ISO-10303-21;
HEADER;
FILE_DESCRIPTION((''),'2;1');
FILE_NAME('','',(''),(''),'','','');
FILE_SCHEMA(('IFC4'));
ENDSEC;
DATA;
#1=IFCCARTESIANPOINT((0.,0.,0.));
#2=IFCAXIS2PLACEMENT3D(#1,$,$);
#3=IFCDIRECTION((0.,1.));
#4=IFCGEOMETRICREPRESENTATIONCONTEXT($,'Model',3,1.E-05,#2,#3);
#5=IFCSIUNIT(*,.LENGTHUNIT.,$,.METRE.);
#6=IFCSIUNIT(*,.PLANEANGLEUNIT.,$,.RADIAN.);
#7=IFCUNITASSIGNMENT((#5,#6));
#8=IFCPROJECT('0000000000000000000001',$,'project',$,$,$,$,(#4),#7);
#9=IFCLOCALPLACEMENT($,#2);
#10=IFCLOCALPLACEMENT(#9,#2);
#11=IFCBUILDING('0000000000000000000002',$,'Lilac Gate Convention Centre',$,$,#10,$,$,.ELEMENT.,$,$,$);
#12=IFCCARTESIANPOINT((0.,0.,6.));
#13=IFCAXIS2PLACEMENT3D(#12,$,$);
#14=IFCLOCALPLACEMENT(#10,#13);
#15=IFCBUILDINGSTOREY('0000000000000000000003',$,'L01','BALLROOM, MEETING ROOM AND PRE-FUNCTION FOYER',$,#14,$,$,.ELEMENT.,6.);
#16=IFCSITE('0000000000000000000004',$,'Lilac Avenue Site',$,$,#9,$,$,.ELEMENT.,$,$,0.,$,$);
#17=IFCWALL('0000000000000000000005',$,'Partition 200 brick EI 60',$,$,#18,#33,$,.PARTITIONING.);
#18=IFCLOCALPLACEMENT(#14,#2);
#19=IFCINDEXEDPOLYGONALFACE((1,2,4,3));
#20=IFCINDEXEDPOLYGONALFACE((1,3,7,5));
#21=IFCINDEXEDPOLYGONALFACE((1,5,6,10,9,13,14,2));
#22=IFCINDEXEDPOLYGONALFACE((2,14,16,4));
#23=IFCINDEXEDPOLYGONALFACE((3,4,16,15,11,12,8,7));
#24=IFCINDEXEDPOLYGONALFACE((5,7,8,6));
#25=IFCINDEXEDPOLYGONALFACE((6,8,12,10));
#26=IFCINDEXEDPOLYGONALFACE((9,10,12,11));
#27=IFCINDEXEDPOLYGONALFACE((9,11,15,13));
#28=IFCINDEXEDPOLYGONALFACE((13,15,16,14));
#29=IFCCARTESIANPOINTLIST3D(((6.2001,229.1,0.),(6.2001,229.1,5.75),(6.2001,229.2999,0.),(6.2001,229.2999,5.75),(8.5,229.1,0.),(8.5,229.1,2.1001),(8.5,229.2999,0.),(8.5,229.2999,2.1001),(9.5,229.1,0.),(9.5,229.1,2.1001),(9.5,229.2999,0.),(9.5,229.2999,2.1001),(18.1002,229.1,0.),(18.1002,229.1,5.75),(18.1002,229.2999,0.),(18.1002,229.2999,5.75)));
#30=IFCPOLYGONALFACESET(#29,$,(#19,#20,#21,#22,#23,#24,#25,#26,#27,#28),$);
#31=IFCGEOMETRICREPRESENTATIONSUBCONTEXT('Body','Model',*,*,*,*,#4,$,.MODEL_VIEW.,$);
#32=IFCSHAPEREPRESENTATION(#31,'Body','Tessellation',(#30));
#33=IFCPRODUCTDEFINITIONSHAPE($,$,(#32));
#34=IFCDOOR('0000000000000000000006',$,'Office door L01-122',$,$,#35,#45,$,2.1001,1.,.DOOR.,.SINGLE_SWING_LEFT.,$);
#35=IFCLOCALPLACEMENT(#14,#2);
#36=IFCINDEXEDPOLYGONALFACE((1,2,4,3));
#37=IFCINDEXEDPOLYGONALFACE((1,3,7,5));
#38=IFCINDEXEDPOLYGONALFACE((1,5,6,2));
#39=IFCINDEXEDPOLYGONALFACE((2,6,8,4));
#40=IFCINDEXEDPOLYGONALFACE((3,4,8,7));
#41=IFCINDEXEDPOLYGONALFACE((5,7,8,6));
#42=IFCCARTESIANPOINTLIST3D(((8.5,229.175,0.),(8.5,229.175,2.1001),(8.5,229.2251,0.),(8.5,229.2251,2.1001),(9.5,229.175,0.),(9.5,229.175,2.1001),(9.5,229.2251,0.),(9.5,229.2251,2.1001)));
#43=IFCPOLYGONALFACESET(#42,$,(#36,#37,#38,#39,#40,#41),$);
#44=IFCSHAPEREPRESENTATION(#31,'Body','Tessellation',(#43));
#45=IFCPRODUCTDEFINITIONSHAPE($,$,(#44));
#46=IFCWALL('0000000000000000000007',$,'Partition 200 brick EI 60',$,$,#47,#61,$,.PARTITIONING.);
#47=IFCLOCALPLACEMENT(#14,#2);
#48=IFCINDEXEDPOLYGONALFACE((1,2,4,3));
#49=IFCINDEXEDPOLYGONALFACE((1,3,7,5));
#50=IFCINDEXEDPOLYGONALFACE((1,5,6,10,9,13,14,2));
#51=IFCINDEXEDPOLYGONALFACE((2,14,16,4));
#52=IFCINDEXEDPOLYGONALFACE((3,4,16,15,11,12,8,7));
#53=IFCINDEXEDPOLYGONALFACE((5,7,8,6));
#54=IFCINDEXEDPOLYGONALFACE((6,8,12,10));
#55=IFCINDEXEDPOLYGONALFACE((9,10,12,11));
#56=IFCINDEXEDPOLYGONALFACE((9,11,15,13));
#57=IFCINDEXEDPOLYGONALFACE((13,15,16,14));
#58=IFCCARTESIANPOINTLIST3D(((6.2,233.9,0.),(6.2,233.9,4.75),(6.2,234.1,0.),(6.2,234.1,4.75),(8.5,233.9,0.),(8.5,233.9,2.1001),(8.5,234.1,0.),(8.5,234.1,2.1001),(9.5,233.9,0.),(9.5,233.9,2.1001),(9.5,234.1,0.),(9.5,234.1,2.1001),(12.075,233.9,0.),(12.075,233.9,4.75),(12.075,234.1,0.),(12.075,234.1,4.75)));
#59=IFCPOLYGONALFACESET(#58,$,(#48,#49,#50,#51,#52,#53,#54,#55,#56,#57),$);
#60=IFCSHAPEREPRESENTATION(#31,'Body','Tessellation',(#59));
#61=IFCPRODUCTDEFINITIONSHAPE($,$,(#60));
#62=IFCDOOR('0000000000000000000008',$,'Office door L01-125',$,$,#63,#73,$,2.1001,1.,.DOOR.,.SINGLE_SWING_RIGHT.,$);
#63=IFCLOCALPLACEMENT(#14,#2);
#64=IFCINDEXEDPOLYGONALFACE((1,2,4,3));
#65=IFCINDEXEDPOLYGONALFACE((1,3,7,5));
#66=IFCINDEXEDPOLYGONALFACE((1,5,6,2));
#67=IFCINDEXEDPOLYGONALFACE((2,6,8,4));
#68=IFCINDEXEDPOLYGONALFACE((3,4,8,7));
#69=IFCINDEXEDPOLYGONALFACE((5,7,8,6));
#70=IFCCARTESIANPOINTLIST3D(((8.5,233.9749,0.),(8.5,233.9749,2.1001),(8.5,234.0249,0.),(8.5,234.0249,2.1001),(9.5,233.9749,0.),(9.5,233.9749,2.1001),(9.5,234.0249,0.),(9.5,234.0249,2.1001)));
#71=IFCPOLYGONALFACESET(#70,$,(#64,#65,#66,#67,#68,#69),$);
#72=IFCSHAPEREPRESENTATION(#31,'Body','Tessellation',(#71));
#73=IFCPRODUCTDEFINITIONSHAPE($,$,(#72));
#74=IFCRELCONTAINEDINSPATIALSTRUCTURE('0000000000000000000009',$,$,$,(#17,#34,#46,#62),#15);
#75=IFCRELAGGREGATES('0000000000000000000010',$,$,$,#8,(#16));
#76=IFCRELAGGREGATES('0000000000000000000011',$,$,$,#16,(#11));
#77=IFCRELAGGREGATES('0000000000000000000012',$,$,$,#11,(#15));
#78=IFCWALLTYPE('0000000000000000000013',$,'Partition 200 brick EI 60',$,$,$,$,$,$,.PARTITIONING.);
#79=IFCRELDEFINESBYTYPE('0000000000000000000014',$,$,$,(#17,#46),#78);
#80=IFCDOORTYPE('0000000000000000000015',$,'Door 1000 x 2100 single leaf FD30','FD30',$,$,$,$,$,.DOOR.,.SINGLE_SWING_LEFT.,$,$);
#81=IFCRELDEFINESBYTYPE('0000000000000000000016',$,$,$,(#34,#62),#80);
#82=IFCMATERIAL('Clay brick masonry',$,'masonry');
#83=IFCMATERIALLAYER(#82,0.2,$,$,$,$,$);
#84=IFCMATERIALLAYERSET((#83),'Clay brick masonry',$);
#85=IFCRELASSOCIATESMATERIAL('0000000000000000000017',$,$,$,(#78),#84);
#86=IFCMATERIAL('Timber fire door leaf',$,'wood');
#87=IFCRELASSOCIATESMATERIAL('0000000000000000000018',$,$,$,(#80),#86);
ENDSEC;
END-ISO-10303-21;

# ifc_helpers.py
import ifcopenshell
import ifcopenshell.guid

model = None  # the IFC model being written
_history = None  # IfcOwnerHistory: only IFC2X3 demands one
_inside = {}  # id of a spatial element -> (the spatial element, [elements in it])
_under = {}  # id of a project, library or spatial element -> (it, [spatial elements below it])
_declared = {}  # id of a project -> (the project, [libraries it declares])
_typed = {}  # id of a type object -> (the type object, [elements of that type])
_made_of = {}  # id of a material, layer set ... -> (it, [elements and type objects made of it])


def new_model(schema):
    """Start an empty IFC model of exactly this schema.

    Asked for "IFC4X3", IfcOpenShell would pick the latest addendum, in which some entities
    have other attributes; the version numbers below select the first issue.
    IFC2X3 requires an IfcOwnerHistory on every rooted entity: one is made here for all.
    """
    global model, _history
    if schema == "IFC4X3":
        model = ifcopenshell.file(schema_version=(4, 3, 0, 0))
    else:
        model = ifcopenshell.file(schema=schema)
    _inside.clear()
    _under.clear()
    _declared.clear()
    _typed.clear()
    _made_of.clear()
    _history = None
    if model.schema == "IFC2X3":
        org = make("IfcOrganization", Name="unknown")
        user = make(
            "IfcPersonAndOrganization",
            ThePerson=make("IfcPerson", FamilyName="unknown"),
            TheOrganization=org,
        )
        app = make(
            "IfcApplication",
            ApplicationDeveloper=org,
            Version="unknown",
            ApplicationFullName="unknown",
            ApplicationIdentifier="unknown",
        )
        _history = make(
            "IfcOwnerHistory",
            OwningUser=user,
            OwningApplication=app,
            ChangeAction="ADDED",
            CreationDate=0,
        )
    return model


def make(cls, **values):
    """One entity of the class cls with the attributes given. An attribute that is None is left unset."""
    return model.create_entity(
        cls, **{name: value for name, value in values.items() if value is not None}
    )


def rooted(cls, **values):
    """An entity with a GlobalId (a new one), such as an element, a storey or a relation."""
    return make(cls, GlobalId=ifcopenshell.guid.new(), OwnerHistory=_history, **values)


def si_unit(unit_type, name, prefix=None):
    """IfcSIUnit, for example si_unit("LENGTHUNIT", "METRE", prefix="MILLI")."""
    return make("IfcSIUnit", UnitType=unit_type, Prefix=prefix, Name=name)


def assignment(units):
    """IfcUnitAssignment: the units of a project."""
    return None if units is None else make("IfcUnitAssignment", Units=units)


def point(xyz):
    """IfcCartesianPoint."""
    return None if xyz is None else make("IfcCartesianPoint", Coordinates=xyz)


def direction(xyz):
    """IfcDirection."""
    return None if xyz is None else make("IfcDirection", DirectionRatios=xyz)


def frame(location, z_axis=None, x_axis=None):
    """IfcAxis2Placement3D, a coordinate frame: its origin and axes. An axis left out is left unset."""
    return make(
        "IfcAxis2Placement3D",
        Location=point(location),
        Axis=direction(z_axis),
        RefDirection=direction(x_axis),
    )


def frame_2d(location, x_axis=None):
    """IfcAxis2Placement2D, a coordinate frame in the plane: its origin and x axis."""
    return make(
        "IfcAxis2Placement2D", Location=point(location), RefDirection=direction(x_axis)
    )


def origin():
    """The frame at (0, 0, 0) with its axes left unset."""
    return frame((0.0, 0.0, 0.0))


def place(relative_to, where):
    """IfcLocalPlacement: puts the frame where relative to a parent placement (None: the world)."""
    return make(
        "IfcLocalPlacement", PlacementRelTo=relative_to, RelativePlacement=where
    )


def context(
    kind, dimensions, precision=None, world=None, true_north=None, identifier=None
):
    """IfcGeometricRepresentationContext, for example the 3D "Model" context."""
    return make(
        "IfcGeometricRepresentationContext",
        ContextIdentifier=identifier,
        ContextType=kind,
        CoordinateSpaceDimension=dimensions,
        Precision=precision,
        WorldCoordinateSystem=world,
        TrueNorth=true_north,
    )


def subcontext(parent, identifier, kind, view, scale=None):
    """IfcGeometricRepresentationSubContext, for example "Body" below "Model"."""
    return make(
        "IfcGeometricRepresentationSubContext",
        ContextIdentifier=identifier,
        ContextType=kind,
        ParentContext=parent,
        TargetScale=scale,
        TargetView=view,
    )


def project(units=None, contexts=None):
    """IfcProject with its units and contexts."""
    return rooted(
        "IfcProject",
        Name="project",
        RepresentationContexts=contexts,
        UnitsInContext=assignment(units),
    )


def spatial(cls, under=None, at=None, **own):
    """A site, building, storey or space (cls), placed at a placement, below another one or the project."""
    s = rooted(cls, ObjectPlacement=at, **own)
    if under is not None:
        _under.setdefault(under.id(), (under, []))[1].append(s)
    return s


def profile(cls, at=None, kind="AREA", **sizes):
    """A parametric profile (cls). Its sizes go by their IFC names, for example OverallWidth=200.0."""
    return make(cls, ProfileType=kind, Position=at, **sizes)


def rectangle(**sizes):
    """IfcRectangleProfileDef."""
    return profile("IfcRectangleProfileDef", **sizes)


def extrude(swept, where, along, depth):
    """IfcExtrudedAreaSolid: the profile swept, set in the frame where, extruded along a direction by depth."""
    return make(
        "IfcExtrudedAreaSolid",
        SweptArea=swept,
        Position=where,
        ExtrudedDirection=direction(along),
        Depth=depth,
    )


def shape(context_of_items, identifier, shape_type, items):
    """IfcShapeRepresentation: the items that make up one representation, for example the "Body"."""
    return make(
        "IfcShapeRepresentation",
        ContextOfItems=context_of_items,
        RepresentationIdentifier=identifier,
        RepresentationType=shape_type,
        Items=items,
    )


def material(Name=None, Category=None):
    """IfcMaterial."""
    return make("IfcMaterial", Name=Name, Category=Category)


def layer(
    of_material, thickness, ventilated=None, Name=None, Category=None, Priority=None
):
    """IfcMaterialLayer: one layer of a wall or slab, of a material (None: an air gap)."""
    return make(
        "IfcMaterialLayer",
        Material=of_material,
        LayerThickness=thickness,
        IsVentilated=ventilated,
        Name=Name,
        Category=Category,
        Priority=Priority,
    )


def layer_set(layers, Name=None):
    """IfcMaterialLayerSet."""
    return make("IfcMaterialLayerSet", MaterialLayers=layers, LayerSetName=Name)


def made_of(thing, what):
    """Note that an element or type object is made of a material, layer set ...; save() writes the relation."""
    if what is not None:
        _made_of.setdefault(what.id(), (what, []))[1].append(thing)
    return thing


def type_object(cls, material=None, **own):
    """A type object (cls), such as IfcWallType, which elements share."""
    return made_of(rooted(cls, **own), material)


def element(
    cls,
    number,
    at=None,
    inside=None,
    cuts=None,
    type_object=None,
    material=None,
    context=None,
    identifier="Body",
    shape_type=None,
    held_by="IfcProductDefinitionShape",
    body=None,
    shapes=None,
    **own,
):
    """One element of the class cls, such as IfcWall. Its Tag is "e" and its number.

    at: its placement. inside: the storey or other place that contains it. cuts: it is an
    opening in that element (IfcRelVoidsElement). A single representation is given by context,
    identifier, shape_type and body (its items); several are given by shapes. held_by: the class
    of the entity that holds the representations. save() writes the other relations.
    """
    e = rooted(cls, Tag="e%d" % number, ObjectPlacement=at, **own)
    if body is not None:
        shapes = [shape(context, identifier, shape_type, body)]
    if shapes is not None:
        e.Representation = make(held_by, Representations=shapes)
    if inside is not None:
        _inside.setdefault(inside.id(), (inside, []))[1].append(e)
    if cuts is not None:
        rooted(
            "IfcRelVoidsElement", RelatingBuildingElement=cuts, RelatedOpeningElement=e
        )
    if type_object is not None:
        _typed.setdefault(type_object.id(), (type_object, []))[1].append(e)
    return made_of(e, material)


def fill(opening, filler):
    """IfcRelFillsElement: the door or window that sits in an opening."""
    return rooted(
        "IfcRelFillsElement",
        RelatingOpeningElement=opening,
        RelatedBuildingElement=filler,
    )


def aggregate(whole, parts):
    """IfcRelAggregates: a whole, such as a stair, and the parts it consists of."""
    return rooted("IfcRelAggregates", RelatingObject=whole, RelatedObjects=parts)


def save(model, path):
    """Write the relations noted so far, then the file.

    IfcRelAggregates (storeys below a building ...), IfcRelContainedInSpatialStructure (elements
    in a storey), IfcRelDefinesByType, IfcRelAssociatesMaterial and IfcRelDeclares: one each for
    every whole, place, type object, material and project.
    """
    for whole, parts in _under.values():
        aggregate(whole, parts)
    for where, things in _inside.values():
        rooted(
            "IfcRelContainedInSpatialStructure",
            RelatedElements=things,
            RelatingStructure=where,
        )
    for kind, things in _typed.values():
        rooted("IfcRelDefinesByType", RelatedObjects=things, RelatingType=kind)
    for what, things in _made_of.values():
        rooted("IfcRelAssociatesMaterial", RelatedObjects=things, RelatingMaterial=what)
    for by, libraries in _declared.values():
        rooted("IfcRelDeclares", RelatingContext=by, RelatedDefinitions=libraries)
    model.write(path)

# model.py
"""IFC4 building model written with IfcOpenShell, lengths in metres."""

from ifc_helpers import new_model, si_unit, direction, frame, frame_2d, origin, place, context, subcontext, project, spatial, rectangle, extrude, material, layer, layer_set, type_object, element, fill, save


model = new_model("IFC4")

# Units and contexts
model_context = context("Model", 3, precision=1e-05, world=origin(), true_north=direction((0.0, 1.0)))
body_context = subcontext(model_context, "Body", "Model", "MODEL_VIEW")
ifc_project = project(units=[si_unit("LENGTHUNIT", "METRE"), si_unit("PLANEANGLEUNIT", "RADIAN")], contexts=[model_context])

# Site, building, storey
site_placement = place(None, origin())
site = spatial("IfcSite", under=ifc_project, at=site_placement, Name="Lilac Avenue Site", CompositionType="ELEMENT", RefElevation=0.0)
building_placement = place(site_placement, origin())
building = spatial("IfcBuilding", under=site, at=building_placement, Name="Lilac Gate Convention Centre", CompositionType="ELEMENT")
storey_placement = place(building_placement, frame((0.0, 0.0, 6.0)))
storey = spatial("IfcBuildingStorey", under=building, at=storey_placement, Name="L01", Description="BALLROOM, MEETING ROOM AND PRE-FUNCTION FOYER", CompositionType="ELEMENT", Elevation=6.0)

# Walls, openings, doors
ifc_material_1 = material(Name="Clay brick masonry", Category="masonry")
ifc_layer_1 = layer(ifc_material_1, 0.2)
ifc_layer_set_1 = layer_set([ifc_layer_1], Name="Clay brick masonry")
wall_type_1 = type_object("IfcWallType", Name="Partition 200 brick EI 60", PredefinedType="PARTITIONING", material=ifc_layer_set_1)
wall_1_placement = place(storey_placement, frame((6.2, 229.2, 0.0), z_axis=(0.0, 0.0, 1.0), x_axis=(1.0, 0.0, 0.0)))
wall_1 = element("IfcWall", 1, at=wall_1_placement, inside=storey, type_object=wall_type_1, Name="Partition 200 brick EI 60", PredefinedType="PARTITIONING", context=body_context, shape_type="SweptSolid", body=[
    extrude(rectangle(XDim=11.9001, YDim=0.2, at=frame_2d((5.9502, 0.0))), origin(), (0.0, 0.0, 1.0), 5.75),
])
opening_1_placement = place(wall_1_placement, frame((2.3, 0.0, 0.0)))
opening_1 = element("IfcOpeningElement", 2, at=opening_1_placement, cuts=wall_1, PredefinedType="OPENING", context=body_context, shape_type="SweptSolid", body=[
    extrude(rectangle(XDim=1.0, YDim=2.1001, at=frame_2d((0.5, 1.05))), frame((0.0, 0.1099, 0.0), z_axis=(0.0, -1.0, 0.0), x_axis=(1.0, 0.0, 0.0)), (0.0, 0.0, 1.0), 0.22),
])
ifc_material_2 = material(Name="Timber fire door leaf", Category="wood")
door_type = type_object("IfcDoorType", Name="Door 1000 x 2100 single leaf FD30", Description="FD30", OperationType="SINGLE_SWING_LEFT", PredefinedType="DOOR", material=ifc_material_2)
door_1_placement = place(opening_1_placement, frame((1.0, 0.0, 0.0), z_axis=(0.0, 0.0, 1.0), x_axis=(-1.0, 0.0, 0.0)))
door_1 = element("IfcDoor", 3, at=door_1_placement, inside=storey, type_object=door_type, Name="Office door L01-122", OperationType="SINGLE_SWING_LEFT", OverallHeight=2.1001, OverallWidth=1.0, PredefinedType="DOOR", context=body_context, shape_type="SweptSolid", body=[
    extrude(rectangle(XDim=1.0, YDim=2.1001, at=frame_2d((0.5, 1.05))), frame((0.0, 0.0249, 0.0), z_axis=(0.0, -1.0, 0.0), x_axis=(1.0, 0.0, 0.0)), (0.0, 0.0, 1.0), 0.05),
])
fill(opening_1, door_1)
wall_2_placement = place(storey_placement, frame((6.2, 234.0, 0.0), z_axis=(0.0, 0.0, 1.0), x_axis=(1.0, 0.0, 0.0)))
wall_2 = element("IfcWall", 4, at=wall_2_placement, inside=storey, type_object=wall_type_1, Name="Partition 200 brick EI 60", PredefinedType="PARTITIONING", context=body_context, shape_type="SweptSolid", body=[
    extrude(rectangle(XDim=5.875, YDim=0.2, at=frame_2d((2.9375, 0.0))), origin(), (0.0, 0.0, 1.0), 4.75),
])
opening_2_placement = place(wall_2_placement, frame((2.3, 0.0, 0.0)))
opening_2 = element("IfcOpeningElement", 5, at=opening_2_placement, cuts=wall_2, PredefinedType="OPENING", context=body_context, shape_type="SweptSolid", body=[
    extrude(rectangle(XDim=1.0, YDim=2.1001, at=frame_2d((0.5, 1.05))), frame((0.0, 0.1099, 0.0), z_axis=(0.0, -1.0, 0.0), x_axis=(1.0, 0.0, 0.0)), (0.0, 0.0, 1.0), 0.22),
])
door_2_placement = place(opening_2_placement, origin())
door_2 = element("IfcDoor", 6, at=door_2_placement, inside=storey, type_object=door_type, Name="Office door L01-125", OperationType="SINGLE_SWING_RIGHT", OverallHeight=2.1001, OverallWidth=1.0, PredefinedType="DOOR", context=body_context, shape_type="SweptSolid", body=[
    extrude(rectangle(XDim=1.0, YDim=2.1001, at=frame_2d((0.5, 1.05))), frame((0.0, 0.0249, 0.0), z_axis=(0.0, -1.0, 0.0), x_axis=(1.0, 0.0, 0.0)), (0.0, 0.0, 1.0), 0.05),
])
fill(opening_2, door_2)

save(model, "model.ifc")
